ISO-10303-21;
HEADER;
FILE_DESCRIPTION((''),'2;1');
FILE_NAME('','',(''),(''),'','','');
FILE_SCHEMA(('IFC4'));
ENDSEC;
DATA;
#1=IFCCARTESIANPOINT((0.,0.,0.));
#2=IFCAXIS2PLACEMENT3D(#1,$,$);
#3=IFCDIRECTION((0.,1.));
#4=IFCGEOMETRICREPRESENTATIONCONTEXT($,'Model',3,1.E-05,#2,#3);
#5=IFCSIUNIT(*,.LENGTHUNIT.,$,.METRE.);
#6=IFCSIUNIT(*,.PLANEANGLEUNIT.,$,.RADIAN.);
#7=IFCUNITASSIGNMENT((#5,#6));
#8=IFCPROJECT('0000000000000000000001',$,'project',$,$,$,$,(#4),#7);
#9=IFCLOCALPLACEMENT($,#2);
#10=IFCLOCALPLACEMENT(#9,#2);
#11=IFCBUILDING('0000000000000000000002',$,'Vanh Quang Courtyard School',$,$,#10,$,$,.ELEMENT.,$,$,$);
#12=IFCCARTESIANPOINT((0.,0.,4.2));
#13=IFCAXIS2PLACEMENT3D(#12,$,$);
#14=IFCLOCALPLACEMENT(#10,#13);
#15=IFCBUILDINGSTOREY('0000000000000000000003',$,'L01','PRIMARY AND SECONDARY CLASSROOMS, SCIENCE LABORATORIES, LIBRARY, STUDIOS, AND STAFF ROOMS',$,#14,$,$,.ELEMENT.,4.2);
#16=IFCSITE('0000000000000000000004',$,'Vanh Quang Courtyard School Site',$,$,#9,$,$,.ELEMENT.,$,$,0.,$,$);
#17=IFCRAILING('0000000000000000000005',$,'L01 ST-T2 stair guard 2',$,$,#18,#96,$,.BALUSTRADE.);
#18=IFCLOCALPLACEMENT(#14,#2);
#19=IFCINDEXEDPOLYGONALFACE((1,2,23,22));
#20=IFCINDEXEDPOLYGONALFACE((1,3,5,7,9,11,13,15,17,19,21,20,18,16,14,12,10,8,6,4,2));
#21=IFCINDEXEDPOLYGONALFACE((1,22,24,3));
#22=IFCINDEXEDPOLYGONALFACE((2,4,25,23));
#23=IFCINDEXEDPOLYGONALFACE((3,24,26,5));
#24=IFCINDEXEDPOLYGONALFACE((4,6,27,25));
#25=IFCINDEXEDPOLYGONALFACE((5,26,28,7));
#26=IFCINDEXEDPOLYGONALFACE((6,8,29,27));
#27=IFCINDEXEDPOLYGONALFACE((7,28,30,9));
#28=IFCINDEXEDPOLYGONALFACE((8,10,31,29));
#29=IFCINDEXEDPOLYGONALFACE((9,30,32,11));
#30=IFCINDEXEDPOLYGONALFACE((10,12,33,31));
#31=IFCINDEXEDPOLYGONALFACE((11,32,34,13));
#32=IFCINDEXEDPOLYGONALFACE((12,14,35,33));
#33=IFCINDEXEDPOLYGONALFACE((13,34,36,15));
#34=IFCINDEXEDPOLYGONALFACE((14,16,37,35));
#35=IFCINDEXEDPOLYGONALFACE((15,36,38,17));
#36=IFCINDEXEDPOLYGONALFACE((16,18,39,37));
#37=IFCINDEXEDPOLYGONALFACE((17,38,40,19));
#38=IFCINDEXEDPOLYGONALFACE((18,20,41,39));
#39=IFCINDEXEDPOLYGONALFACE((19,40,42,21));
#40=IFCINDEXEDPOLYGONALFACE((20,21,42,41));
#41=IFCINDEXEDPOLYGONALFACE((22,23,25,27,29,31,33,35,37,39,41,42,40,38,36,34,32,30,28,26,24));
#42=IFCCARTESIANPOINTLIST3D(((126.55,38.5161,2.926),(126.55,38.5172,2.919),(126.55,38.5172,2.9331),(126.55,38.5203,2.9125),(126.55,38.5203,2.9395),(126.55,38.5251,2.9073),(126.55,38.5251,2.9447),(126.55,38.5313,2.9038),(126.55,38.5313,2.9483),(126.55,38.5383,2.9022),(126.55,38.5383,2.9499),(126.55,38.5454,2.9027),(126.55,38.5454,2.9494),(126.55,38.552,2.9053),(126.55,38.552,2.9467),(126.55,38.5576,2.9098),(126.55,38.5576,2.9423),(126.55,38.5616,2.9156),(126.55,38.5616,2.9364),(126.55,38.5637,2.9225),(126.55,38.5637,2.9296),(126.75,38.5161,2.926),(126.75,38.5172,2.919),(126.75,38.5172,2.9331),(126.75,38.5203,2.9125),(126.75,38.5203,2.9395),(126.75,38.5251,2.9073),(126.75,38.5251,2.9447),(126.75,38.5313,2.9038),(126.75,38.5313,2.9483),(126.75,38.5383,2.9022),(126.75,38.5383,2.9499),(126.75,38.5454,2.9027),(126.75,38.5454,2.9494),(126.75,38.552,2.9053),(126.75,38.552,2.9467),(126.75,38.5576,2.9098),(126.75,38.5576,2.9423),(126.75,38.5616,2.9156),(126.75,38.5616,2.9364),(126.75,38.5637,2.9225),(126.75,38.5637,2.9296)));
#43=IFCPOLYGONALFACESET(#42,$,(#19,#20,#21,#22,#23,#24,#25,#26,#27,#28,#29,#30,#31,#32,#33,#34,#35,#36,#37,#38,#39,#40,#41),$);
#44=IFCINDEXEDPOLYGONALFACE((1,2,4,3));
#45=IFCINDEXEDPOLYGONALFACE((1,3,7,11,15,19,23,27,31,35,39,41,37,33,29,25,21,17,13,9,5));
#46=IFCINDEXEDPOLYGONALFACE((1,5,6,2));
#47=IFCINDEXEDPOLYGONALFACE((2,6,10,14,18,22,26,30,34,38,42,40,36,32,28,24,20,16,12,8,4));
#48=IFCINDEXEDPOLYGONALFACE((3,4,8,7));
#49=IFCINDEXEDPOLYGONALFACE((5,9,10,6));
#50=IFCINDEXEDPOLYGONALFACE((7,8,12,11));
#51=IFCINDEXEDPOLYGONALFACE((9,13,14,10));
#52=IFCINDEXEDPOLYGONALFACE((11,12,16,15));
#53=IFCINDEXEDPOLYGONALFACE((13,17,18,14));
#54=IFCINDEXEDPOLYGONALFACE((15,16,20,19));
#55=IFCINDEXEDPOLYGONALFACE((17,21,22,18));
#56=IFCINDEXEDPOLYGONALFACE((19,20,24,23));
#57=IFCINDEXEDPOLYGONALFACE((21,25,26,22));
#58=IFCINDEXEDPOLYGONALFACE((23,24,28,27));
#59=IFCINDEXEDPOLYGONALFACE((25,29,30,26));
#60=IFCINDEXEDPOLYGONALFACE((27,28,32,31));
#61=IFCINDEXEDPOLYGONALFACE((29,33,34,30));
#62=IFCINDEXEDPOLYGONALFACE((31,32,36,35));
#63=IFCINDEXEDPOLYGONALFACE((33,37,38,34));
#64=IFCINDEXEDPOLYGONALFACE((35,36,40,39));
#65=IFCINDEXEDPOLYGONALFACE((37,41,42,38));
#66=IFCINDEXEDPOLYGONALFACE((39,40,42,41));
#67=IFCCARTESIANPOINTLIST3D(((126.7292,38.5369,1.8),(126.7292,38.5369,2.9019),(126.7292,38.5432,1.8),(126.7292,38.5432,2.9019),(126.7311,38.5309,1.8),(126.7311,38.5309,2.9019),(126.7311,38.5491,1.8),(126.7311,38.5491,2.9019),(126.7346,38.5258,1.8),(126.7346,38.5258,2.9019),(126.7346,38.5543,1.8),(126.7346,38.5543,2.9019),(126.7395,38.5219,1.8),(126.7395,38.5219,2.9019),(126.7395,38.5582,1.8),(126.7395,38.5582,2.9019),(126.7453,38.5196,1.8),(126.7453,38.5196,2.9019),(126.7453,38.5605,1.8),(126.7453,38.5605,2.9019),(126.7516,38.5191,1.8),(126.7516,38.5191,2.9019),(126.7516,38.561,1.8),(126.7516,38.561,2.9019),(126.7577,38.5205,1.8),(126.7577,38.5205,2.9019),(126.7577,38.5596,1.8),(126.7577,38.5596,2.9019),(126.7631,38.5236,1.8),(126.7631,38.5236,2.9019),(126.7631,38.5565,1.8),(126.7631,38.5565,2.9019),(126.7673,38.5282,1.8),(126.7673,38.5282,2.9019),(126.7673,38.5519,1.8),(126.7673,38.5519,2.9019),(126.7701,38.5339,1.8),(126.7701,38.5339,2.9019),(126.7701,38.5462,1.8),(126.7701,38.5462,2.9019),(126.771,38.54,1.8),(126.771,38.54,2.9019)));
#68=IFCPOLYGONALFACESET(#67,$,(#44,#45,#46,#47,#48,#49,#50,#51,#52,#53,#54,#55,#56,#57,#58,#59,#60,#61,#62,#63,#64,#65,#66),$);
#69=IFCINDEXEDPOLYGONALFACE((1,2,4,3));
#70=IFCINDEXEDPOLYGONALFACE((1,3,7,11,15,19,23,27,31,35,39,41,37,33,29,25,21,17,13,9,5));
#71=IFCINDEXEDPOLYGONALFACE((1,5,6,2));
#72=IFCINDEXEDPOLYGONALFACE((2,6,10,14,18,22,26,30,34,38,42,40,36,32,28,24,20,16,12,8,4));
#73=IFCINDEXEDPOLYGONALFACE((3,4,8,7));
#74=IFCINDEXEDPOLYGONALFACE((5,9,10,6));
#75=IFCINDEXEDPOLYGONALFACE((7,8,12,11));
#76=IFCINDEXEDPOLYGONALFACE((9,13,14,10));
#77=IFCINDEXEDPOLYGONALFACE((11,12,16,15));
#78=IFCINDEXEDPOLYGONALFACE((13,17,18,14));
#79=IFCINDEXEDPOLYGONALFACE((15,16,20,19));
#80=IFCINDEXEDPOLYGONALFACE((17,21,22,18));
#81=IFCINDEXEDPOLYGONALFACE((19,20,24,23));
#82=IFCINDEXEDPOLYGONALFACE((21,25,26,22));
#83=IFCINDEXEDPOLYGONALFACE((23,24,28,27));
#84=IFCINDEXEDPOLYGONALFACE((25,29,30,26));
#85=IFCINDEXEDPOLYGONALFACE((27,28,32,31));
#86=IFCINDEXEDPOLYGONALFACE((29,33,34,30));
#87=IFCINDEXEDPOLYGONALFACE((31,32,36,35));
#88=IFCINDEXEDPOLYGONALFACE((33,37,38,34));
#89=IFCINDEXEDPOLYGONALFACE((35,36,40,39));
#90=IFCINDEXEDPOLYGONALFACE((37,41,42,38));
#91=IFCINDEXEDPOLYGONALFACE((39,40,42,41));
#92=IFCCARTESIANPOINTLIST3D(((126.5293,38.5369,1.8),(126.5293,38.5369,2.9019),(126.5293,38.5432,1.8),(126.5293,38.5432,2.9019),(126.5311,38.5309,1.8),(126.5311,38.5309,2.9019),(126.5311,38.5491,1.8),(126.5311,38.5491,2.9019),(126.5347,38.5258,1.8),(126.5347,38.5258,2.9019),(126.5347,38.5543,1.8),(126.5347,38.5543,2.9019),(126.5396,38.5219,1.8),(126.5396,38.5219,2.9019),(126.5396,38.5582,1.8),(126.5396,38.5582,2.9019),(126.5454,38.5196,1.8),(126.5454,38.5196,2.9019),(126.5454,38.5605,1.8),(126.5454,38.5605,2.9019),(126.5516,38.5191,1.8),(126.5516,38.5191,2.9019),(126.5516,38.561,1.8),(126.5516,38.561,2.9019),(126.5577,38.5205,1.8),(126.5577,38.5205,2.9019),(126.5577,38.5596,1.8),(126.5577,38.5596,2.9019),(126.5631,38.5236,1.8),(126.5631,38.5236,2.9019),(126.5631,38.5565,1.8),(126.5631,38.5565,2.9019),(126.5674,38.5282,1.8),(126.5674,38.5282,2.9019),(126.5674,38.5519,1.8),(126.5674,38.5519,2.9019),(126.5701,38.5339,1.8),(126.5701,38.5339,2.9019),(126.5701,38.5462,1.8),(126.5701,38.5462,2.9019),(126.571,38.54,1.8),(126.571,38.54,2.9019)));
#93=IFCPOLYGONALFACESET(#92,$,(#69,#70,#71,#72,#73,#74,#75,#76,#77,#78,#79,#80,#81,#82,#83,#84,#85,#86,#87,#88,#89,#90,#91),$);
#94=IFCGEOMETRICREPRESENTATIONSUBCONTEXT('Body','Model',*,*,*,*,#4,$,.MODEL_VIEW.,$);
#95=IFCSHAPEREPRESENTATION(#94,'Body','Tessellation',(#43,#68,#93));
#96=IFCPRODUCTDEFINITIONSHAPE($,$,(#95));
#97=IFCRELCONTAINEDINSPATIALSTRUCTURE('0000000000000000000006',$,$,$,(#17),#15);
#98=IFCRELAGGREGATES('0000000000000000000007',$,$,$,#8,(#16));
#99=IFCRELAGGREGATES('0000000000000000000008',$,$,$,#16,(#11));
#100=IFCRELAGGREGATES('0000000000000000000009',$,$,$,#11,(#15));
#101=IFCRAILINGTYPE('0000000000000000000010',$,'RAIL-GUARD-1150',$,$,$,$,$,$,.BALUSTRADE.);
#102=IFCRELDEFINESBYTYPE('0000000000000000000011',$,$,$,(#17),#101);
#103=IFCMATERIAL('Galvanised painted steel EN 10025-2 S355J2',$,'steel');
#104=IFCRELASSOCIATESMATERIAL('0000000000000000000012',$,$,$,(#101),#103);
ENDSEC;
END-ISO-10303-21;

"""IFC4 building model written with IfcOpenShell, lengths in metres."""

from ifc_helpers import new_model, si_unit, direction, frame, origin, origin_2d, place, context, subcontext, project, spatial, circle, extrude, material, type_object, element, save


model = new_model("IFC4")

# Units and contexts
model_context = context("Model", 3, precision=1e-05, world=origin(), true_north=direction((0.0, 1.0)))
body_context = subcontext(model_context, "Body", "Model", "MODEL_VIEW")
ifc_project = project(units=[si_unit("LENGTHUNIT", "METRE"), si_unit("PLANEANGLEUNIT", "RADIAN")], contexts=[model_context])

# Site, building, storey
site_placement = place(None, origin())
site = spatial("IfcSite", under=ifc_project, at=site_placement, Name="Vanh Quang Courtyard School Site", CompositionType="ELEMENT", RefElevation=0.0)
building_placement = place(site_placement, origin())
building = spatial("IfcBuilding", under=site, at=building_placement, Name="Vanh Quang Courtyard School", CompositionType="ELEMENT")
storey_placement = place(building_placement, frame((0.0, 0.0, 4.2)))
storey = spatial("IfcBuildingStorey", under=building, at=storey_placement, Name="L01", Description="PRIMARY AND SECONDARY CLASSROOMS, SCIENCE LABORATORIES, LIBRARY, STUDIOS, AND STAFF ROOMS", CompositionType="ELEMENT", Elevation=4.2)

# Railing
ifc_material_1 = material(Name="Galvanised painted steel EN 10025-2 S355J2", Category="steel")
railing_type = type_object("IfcRailingType", Name="RAIL-GUARD-1150", PredefinedType="BALUSTRADE", material=ifc_material_1)
railing_1_placement = place(storey_placement, frame((126.75, 38.54, 1.8)))
element("IfcRailing", 1, at=railing_1_placement, inside=storey, type_object=railing_type, Name="L01 ST-T2 stair guard 2", PredefinedType="BALUSTRADE", context=body_context, shape_type="SweptSolid", body=[
    extrude(circle(Radius=0.0239, at=origin_2d()), frame((0.0, 0.0, 1.126), z_axis=(-1.0, 0.0, 0.0), x_axis=(0.0, -1.0, 0.0)), (0.0, 0.0, 1.0), 0.2),
    extrude(circle(Radius=0.021, at=origin_2d()), origin(), (0.0, 0.0, 1.0), 1.1018),
    extrude(circle(Radius=0.021, at=origin_2d()), frame((-0.2, 0.0, 0.0)), (0.0, 0.0, 1.0), 1.1018),
])

save(model, "model.ifc")
